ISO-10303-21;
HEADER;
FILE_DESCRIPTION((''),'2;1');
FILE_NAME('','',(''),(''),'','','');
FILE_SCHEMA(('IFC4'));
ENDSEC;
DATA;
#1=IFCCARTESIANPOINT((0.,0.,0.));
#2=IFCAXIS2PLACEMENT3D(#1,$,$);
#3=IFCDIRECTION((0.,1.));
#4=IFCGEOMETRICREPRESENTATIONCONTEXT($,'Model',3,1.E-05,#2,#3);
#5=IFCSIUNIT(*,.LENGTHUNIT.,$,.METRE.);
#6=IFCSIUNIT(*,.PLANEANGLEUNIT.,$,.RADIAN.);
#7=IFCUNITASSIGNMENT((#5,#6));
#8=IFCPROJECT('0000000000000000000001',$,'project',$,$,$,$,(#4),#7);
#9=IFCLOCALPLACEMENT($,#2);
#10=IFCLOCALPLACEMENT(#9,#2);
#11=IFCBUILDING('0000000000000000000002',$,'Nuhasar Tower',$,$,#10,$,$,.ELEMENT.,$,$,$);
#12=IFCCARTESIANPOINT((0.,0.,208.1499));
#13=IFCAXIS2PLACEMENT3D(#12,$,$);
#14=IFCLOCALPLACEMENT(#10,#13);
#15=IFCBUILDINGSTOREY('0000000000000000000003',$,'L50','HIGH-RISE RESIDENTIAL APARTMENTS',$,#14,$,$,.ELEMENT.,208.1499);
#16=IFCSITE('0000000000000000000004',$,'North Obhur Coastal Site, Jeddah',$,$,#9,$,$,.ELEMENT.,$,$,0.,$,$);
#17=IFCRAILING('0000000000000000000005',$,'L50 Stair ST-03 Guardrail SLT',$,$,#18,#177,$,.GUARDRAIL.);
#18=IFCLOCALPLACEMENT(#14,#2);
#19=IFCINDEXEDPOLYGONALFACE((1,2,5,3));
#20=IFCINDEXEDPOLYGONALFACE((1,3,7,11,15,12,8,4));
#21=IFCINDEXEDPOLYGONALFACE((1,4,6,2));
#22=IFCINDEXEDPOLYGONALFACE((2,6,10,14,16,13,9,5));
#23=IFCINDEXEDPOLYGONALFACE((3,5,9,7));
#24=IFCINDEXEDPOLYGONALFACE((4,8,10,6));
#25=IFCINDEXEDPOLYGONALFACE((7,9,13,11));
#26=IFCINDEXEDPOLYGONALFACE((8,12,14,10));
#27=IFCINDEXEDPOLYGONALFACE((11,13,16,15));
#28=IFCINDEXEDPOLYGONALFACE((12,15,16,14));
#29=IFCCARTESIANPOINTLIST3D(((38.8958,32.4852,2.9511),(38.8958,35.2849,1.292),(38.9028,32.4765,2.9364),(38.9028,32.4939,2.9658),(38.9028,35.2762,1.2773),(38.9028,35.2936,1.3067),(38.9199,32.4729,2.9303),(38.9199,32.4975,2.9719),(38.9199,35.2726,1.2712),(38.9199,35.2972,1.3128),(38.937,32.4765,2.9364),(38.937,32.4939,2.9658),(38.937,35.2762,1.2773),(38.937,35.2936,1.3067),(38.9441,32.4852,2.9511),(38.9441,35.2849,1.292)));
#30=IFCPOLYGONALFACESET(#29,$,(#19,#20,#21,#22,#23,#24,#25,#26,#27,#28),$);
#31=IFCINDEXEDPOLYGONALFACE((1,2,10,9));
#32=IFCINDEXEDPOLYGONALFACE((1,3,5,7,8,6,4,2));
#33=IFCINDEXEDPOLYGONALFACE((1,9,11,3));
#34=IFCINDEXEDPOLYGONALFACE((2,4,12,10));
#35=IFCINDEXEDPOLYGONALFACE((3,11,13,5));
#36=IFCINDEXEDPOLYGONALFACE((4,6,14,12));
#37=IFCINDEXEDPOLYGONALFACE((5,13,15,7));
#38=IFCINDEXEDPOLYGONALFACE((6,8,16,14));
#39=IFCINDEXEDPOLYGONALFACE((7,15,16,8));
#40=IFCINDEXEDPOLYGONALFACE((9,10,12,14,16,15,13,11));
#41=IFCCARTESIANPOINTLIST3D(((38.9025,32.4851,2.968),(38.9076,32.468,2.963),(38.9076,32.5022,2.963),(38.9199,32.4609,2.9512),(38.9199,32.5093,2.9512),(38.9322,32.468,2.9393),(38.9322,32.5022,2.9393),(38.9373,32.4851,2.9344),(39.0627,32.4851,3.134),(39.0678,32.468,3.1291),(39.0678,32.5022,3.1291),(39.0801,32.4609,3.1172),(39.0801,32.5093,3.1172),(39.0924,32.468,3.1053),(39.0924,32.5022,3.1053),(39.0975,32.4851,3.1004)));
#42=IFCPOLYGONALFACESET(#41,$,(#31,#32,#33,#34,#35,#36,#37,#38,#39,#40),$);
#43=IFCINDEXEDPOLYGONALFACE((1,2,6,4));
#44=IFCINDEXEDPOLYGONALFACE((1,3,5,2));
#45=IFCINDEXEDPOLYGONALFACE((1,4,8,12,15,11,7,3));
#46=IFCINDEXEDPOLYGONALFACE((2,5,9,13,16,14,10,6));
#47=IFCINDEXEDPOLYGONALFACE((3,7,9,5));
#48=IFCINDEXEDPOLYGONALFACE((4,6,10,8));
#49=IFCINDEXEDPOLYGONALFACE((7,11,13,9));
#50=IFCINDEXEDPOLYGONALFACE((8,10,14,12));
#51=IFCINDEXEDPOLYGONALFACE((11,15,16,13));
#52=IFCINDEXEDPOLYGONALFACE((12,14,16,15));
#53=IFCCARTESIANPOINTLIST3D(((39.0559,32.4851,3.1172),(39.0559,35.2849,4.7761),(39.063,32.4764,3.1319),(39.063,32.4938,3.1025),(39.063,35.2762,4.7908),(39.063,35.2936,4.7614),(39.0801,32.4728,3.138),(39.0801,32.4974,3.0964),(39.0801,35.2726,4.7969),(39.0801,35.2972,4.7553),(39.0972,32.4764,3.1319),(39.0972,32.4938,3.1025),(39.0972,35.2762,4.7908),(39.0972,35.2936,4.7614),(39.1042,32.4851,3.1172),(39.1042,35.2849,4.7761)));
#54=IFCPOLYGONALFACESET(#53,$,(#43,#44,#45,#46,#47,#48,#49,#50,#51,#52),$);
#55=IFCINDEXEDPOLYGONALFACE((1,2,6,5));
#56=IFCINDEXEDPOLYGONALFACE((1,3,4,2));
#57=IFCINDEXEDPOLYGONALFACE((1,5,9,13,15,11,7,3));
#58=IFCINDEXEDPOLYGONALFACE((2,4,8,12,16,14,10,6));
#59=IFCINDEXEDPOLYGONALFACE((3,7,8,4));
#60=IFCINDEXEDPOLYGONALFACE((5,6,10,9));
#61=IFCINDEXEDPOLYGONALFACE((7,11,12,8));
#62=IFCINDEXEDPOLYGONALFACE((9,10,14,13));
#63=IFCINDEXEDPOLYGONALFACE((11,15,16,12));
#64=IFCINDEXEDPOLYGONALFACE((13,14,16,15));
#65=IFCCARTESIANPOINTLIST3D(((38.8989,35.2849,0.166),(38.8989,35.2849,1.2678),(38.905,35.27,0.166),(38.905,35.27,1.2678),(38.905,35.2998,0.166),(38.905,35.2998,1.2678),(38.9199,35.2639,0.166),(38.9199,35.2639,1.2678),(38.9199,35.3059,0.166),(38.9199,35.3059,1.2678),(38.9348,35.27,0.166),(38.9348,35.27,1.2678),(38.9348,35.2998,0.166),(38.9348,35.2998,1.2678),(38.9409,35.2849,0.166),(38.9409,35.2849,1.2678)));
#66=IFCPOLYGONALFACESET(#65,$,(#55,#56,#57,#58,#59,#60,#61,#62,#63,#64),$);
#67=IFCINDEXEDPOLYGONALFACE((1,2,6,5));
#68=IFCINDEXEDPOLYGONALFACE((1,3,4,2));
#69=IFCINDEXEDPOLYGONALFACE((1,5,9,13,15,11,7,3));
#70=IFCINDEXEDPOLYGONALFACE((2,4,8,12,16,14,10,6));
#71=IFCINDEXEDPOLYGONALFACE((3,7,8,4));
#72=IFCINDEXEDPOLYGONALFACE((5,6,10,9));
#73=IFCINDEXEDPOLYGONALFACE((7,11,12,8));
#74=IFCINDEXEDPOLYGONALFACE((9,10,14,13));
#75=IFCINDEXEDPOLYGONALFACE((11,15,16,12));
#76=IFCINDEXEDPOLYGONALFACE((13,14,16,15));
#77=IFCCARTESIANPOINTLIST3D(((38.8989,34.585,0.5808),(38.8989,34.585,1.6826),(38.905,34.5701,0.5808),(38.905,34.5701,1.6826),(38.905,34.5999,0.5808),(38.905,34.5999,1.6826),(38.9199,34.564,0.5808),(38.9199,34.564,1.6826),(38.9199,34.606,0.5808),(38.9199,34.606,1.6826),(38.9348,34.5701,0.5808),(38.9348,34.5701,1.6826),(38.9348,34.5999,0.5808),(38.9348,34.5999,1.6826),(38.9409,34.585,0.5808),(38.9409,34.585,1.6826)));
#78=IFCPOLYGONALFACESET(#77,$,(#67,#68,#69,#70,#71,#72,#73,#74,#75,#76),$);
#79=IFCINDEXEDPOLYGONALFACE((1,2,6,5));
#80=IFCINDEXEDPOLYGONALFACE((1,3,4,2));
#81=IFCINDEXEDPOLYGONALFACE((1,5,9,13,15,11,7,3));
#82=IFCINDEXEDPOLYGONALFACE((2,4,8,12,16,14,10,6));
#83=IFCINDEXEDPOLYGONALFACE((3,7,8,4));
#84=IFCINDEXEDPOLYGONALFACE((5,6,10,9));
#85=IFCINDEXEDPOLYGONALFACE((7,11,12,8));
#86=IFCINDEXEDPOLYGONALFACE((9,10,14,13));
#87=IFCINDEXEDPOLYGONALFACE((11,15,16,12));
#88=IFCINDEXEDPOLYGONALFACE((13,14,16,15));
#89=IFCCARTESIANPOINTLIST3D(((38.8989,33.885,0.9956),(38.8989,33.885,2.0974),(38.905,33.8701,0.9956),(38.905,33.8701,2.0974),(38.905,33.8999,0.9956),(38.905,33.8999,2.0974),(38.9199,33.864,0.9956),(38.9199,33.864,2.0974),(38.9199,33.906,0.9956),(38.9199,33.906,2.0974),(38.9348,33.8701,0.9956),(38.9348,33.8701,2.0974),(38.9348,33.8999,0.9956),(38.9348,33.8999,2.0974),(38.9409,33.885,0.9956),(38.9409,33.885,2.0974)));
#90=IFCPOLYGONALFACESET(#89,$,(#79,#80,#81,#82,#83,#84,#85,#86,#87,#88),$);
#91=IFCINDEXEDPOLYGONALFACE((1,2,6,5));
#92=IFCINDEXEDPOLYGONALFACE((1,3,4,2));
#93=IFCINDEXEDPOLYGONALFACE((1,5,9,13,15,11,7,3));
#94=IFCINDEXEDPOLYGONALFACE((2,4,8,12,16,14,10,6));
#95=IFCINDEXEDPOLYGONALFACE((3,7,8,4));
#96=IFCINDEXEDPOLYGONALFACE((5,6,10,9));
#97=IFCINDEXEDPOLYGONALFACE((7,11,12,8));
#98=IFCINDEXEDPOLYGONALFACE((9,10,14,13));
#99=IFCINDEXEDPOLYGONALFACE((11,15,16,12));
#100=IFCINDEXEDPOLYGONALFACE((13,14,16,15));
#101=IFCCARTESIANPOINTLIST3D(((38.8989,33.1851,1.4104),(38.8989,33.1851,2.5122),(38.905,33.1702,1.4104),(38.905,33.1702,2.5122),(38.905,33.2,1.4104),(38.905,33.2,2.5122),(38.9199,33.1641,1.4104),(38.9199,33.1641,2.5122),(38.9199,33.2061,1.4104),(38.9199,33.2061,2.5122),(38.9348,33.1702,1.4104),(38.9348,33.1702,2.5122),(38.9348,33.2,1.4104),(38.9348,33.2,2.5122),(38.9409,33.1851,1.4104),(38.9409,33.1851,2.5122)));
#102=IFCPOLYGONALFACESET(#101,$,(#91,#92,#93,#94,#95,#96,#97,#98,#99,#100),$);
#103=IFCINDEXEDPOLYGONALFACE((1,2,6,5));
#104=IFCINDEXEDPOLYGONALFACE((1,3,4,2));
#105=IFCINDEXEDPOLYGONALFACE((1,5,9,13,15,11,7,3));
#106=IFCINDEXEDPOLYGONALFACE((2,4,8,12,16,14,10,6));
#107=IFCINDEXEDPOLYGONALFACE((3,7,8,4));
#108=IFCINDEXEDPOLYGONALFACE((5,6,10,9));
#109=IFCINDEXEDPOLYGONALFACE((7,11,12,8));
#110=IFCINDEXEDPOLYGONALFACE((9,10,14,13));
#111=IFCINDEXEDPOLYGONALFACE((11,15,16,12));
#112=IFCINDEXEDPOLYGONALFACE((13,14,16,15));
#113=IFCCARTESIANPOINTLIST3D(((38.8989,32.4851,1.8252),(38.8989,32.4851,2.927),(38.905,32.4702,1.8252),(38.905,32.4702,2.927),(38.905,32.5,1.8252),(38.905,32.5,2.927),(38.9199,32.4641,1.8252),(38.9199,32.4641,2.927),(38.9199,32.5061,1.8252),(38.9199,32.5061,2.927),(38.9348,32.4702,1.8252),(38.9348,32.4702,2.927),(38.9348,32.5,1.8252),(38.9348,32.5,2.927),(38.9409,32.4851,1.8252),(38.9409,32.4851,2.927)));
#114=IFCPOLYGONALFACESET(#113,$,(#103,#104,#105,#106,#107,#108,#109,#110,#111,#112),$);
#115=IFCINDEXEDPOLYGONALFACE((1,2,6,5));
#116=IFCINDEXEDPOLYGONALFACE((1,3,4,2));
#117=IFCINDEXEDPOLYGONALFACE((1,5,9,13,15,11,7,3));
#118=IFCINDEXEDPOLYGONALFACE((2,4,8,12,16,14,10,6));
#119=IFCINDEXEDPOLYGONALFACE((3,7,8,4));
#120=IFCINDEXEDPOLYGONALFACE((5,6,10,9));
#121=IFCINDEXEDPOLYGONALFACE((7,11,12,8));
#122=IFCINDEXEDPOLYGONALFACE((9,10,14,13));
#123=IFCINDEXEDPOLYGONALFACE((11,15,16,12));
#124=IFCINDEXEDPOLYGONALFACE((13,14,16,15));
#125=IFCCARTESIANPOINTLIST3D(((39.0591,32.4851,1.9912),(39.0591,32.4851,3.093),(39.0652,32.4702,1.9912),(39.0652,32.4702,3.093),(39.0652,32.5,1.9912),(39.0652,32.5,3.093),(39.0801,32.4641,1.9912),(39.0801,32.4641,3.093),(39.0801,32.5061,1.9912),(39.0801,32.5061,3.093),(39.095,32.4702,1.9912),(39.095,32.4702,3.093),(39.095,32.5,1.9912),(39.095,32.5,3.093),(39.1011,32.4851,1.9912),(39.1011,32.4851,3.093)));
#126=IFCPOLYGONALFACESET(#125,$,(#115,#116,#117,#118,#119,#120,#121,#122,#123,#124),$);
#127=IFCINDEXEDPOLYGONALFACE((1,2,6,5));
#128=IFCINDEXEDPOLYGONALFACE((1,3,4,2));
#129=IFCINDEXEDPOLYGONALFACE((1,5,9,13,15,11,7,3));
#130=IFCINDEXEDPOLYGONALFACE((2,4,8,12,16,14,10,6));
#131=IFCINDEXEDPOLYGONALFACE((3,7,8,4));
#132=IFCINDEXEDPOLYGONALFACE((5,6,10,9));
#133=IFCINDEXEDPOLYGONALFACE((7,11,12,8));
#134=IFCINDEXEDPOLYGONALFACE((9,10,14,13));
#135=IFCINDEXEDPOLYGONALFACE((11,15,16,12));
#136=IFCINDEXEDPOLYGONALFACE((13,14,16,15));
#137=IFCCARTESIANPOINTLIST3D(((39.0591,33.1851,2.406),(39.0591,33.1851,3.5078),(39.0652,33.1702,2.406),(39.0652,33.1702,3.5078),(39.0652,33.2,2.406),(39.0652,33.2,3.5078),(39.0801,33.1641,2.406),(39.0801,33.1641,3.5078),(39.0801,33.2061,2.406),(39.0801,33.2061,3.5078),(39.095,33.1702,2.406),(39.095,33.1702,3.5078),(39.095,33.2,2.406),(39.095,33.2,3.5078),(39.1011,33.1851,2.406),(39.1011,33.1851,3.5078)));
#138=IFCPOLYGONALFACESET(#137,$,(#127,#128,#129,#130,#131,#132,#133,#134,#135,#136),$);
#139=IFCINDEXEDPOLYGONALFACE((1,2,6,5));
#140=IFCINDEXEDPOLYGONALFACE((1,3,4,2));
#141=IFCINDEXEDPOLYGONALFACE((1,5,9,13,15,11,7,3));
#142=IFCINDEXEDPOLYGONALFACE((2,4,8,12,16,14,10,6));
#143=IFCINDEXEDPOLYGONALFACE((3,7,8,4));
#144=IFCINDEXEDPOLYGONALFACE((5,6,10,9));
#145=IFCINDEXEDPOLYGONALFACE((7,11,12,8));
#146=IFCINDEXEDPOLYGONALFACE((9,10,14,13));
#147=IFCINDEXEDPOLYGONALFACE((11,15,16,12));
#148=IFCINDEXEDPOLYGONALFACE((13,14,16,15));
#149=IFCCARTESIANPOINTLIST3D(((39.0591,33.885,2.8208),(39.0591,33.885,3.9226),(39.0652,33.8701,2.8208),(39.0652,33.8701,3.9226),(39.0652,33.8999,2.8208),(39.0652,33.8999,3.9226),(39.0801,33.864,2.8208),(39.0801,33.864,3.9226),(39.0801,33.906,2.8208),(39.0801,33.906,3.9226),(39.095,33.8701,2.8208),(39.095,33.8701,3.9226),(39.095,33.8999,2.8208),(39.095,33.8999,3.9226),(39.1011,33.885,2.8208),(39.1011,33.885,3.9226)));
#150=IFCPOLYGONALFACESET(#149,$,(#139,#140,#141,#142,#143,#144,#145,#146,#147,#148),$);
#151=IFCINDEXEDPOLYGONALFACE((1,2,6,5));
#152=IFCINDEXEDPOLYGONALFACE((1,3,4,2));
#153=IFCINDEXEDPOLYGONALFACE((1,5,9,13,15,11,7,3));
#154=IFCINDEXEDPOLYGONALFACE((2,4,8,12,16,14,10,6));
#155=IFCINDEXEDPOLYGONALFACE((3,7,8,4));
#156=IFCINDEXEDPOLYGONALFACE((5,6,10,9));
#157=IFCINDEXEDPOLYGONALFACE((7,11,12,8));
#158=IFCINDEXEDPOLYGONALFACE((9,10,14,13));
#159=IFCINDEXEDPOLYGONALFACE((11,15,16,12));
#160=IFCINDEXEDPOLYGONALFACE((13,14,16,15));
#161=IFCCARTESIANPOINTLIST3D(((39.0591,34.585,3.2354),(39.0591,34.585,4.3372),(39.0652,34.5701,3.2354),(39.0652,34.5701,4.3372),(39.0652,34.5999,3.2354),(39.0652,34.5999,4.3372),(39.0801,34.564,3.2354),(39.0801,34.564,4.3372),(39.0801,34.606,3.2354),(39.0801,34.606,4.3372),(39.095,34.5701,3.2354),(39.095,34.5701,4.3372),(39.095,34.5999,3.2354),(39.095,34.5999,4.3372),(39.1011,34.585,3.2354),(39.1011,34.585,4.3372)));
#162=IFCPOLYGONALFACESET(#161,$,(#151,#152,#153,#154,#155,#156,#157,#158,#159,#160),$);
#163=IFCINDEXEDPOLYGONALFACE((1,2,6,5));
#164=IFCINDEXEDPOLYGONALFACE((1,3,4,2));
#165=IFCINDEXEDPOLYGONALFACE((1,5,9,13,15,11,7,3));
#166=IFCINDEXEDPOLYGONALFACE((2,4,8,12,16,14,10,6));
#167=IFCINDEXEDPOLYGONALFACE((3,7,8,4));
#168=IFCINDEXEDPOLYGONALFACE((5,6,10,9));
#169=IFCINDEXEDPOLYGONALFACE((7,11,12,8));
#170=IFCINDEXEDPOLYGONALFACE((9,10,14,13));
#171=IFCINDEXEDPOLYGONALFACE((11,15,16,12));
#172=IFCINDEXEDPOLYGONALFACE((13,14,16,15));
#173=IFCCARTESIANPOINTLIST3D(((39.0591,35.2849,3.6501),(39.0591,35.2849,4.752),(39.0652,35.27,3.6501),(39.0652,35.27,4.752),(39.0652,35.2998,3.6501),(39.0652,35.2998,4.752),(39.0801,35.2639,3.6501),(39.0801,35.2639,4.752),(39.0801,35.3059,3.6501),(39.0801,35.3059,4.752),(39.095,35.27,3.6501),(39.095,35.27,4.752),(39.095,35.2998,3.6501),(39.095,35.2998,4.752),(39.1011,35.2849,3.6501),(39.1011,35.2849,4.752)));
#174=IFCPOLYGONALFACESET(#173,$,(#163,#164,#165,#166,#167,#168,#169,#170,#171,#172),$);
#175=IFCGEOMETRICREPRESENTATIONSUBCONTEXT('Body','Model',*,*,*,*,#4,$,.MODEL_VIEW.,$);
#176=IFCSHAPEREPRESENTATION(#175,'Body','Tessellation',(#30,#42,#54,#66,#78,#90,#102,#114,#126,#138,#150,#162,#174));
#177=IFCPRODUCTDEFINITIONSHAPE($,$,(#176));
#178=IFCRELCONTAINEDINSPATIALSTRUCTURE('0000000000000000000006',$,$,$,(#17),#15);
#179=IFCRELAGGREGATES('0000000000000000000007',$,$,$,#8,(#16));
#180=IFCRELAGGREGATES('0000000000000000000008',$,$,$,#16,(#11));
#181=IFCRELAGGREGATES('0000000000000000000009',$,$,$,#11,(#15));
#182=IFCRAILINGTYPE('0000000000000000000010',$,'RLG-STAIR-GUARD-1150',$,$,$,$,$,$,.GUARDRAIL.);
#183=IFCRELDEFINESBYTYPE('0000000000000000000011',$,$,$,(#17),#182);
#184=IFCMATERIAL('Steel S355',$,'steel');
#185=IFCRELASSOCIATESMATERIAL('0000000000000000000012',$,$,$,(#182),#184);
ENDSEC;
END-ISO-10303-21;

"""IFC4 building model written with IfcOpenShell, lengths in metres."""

from ifc_helpers import new_model, si_unit, direction, frame, origin, place, context, subcontext, project, spatial, polyline, outline, extrude, material, type_object, element, save


model = new_model("IFC4")

# Units and contexts
model_context = context("Model", 3, precision=1e-05, world=origin(), true_north=direction((0.0, 1.0)))
body_context = subcontext(model_context, "Body", "Model", "MODEL_VIEW")
ifc_project = project(units=[si_unit("LENGTHUNIT", "METRE"), si_unit("PLANEANGLEUNIT", "RADIAN")], contexts=[model_context])

# Site, building, storey
site_placement = place(None, origin())
site = spatial("IfcSite", under=ifc_project, at=site_placement, Name="North Obhur Coastal Site, Jeddah", CompositionType="ELEMENT", RefElevation=0.0)
building_placement = place(site_placement, origin())
building = spatial("IfcBuilding", under=site, at=building_placement, Name="Nuhasar Tower", CompositionType="ELEMENT")
storey_placement = place(building_placement, frame((0.0, 0.0, 208.1499)))
storey = spatial("IfcBuildingStorey", under=building, at=storey_placement, Name="L50", Description="HIGH-RISE RESIDENTIAL APARTMENTS", CompositionType="ELEMENT", Elevation=208.1499)

# Shared definitions
ifc_material_1 = material(Name="Steel S355", Category="steel")

# Railing
railing_type_1 = type_object("IfcRailingType", Name="RLG-STAIR-GUARD-1150", PredefinedType="GUARDRAIL", material=ifc_material_1)
railing_1_placement = place(storey_placement, frame((38.9199, 35.2849, 0.166)))
element("IfcRailing", 1, at=railing_1_placement, inside=storey, type_object=railing_type_1, Name="L50 Stair ST-03 Guardrail SLT", PredefinedType="GUARDRAIL", context=body_context, shape_type="SweptSolid", body=[
    extrude(outline(polyline([(0.0242, 0.0), (0.0171, 0.0171), (0.0, 0.0242), (-0.0171, 0.0171), (-0.0242, 0.0), (-0.0171, -0.0171), (0.0, -0.0242), (0.0171, -0.0171), (0.0242, 0.0)])), frame((0.0, 0.0, 1.126), z_axis=(0.0, -0.860287, 0.509811), x_axis=(1.0, 0.0, 0.0)), (0.0, 0.0, 1.0), 3.2544),
    extrude(outline(polyline([(0.0242, 0.0), (0.0171, 0.0171), (0.0, 0.0242), (-0.0171, 0.0171), (-0.0242, 0.0), (-0.0171, -0.0171), (0.0, -0.0242), (0.0171, -0.0171), (0.0242, 0.0)])), frame((0.0, -2.7998, 2.7852), z_axis=(0.694292, 0.0, 0.719693), x_axis=(0.0, 1.0, 0.0)), (0.0, 0.0, 1.0), 0.2307),
    extrude(outline(polyline([(0.0242, 0.0), (0.0171, 0.0171), (0.0, 0.0242), (-0.0171, 0.0171), (-0.0242, 0.0), (-0.0171, -0.0171), (0.0, -0.0242), (0.0171, -0.0171), (0.0242, 0.0)])), frame((0.1602, -2.7998, 2.9512), z_axis=(0.0, 0.86032, 0.509755), x_axis=(-1.0, 0.0, 0.0)), (0.0, 0.0, 1.0), 3.2544),
    extrude(outline(polyline([(0.021, 0.0), (0.0149, 0.0149), (0.0, 0.021), (-0.0149, 0.0149), (-0.021, 0.0), (-0.0149, -0.0149), (0.0, -0.021), (0.0149, -0.0149), (0.021, 0.0)])), origin(), (0.0, 0.0, 1.0), 1.1018),
    extrude(outline(polyline([(0.021, 0.0), (0.0149, 0.0149), (0.0, 0.021), (-0.0149, 0.0149), (-0.021, 0.0), (-0.0149, -0.0149), (0.0, -0.021), (0.0149, -0.0149), (0.021, 0.0)])), frame((0.0, -0.7, 0.4148)), (0.0, 0.0, 1.0), 1.1018),
    extrude(outline(polyline([(0.021, 0.0), (0.0149, 0.0149), (0.0, 0.021), (-0.0149, 0.0149), (-0.021, 0.0), (-0.0149, -0.0149), (0.0, -0.021), (0.0149, -0.0149), (0.021, 0.0)])), frame((0.0, -1.3999, 0.8296)), (0.0, 0.0, 1.0), 1.1018),
    extrude(outline(polyline([(0.021, 0.0), (0.0149, 0.0149), (0.0, 0.021), (-0.0149, 0.0149), (-0.021, 0.0), (-0.0149, -0.0149), (0.0, -0.021), (0.0149, -0.0149), (0.021, 0.0)])), frame((0.0, -2.0999, 1.2444)), (0.0, 0.0, 1.0), 1.1018),
    extrude(outline(polyline([(0.021, 0.0), (0.0149, 0.0149), (0.0, 0.021), (-0.0149, 0.0149), (-0.021, 0.0), (-0.0149, -0.0149), (0.0, -0.021), (0.0149, -0.0149), (0.021, 0.0)])), frame((0.0, -2.7998, 1.6592)), (0.0, 0.0, 1.0), 1.1018),
    extrude(outline(polyline([(0.021, 0.0), (0.0149, 0.0149), (0.0, 0.021), (-0.0149, 0.0149), (-0.021, 0.0), (-0.0149, -0.0149), (0.0, -0.021), (0.0149, -0.0149), (0.021, 0.0)])), frame((0.1602, -2.7998, 1.8252)), (0.0, 0.0, 1.0), 1.1018),
    extrude(outline(polyline([(0.021, 0.0), (0.0149, 0.0149), (0.0, 0.021), (-0.0149, 0.0149), (-0.021, 0.0), (-0.0149, -0.0149), (0.0, -0.021), (0.0149, -0.0149), (0.021, 0.0)])), frame((0.1602, -2.0999, 2.24)), (0.0, 0.0, 1.0), 1.1018),
    extrude(outline(polyline([(0.021, 0.0), (0.0149, 0.0149), (0.0, 0.021), (-0.0149, 0.0149), (-0.021, 0.0), (-0.0149, -0.0149), (0.0, -0.021), (0.0149, -0.0149), (0.021, 0.0)])), frame((0.1602, -1.3999, 2.6548)), (0.0, 0.0, 1.0), 1.1018),
    extrude(outline(polyline([(0.021, 0.0), (0.0149, 0.0149), (0.0, 0.021), (-0.0149, 0.0149), (-0.021, 0.0), (-0.0149, -0.0149), (0.0, -0.021), (0.0149, -0.0149), (0.021, 0.0)])), frame((0.1602, -0.7, 3.0693)), (0.0, 0.0, 1.0), 1.1018),
    extrude(outline(polyline([(0.021, 0.0), (0.0149, 0.0149), (0.0, 0.021), (-0.0149, 0.0149), (-0.021, 0.0), (-0.0149, -0.0149), (0.0, -0.021), (0.0149, -0.0149), (0.021, 0.0)])), frame((0.1602, 0.0, 3.4841)), (0.0, 0.0, 1.0), 1.1018),
])

save(model, "model.ifc")
